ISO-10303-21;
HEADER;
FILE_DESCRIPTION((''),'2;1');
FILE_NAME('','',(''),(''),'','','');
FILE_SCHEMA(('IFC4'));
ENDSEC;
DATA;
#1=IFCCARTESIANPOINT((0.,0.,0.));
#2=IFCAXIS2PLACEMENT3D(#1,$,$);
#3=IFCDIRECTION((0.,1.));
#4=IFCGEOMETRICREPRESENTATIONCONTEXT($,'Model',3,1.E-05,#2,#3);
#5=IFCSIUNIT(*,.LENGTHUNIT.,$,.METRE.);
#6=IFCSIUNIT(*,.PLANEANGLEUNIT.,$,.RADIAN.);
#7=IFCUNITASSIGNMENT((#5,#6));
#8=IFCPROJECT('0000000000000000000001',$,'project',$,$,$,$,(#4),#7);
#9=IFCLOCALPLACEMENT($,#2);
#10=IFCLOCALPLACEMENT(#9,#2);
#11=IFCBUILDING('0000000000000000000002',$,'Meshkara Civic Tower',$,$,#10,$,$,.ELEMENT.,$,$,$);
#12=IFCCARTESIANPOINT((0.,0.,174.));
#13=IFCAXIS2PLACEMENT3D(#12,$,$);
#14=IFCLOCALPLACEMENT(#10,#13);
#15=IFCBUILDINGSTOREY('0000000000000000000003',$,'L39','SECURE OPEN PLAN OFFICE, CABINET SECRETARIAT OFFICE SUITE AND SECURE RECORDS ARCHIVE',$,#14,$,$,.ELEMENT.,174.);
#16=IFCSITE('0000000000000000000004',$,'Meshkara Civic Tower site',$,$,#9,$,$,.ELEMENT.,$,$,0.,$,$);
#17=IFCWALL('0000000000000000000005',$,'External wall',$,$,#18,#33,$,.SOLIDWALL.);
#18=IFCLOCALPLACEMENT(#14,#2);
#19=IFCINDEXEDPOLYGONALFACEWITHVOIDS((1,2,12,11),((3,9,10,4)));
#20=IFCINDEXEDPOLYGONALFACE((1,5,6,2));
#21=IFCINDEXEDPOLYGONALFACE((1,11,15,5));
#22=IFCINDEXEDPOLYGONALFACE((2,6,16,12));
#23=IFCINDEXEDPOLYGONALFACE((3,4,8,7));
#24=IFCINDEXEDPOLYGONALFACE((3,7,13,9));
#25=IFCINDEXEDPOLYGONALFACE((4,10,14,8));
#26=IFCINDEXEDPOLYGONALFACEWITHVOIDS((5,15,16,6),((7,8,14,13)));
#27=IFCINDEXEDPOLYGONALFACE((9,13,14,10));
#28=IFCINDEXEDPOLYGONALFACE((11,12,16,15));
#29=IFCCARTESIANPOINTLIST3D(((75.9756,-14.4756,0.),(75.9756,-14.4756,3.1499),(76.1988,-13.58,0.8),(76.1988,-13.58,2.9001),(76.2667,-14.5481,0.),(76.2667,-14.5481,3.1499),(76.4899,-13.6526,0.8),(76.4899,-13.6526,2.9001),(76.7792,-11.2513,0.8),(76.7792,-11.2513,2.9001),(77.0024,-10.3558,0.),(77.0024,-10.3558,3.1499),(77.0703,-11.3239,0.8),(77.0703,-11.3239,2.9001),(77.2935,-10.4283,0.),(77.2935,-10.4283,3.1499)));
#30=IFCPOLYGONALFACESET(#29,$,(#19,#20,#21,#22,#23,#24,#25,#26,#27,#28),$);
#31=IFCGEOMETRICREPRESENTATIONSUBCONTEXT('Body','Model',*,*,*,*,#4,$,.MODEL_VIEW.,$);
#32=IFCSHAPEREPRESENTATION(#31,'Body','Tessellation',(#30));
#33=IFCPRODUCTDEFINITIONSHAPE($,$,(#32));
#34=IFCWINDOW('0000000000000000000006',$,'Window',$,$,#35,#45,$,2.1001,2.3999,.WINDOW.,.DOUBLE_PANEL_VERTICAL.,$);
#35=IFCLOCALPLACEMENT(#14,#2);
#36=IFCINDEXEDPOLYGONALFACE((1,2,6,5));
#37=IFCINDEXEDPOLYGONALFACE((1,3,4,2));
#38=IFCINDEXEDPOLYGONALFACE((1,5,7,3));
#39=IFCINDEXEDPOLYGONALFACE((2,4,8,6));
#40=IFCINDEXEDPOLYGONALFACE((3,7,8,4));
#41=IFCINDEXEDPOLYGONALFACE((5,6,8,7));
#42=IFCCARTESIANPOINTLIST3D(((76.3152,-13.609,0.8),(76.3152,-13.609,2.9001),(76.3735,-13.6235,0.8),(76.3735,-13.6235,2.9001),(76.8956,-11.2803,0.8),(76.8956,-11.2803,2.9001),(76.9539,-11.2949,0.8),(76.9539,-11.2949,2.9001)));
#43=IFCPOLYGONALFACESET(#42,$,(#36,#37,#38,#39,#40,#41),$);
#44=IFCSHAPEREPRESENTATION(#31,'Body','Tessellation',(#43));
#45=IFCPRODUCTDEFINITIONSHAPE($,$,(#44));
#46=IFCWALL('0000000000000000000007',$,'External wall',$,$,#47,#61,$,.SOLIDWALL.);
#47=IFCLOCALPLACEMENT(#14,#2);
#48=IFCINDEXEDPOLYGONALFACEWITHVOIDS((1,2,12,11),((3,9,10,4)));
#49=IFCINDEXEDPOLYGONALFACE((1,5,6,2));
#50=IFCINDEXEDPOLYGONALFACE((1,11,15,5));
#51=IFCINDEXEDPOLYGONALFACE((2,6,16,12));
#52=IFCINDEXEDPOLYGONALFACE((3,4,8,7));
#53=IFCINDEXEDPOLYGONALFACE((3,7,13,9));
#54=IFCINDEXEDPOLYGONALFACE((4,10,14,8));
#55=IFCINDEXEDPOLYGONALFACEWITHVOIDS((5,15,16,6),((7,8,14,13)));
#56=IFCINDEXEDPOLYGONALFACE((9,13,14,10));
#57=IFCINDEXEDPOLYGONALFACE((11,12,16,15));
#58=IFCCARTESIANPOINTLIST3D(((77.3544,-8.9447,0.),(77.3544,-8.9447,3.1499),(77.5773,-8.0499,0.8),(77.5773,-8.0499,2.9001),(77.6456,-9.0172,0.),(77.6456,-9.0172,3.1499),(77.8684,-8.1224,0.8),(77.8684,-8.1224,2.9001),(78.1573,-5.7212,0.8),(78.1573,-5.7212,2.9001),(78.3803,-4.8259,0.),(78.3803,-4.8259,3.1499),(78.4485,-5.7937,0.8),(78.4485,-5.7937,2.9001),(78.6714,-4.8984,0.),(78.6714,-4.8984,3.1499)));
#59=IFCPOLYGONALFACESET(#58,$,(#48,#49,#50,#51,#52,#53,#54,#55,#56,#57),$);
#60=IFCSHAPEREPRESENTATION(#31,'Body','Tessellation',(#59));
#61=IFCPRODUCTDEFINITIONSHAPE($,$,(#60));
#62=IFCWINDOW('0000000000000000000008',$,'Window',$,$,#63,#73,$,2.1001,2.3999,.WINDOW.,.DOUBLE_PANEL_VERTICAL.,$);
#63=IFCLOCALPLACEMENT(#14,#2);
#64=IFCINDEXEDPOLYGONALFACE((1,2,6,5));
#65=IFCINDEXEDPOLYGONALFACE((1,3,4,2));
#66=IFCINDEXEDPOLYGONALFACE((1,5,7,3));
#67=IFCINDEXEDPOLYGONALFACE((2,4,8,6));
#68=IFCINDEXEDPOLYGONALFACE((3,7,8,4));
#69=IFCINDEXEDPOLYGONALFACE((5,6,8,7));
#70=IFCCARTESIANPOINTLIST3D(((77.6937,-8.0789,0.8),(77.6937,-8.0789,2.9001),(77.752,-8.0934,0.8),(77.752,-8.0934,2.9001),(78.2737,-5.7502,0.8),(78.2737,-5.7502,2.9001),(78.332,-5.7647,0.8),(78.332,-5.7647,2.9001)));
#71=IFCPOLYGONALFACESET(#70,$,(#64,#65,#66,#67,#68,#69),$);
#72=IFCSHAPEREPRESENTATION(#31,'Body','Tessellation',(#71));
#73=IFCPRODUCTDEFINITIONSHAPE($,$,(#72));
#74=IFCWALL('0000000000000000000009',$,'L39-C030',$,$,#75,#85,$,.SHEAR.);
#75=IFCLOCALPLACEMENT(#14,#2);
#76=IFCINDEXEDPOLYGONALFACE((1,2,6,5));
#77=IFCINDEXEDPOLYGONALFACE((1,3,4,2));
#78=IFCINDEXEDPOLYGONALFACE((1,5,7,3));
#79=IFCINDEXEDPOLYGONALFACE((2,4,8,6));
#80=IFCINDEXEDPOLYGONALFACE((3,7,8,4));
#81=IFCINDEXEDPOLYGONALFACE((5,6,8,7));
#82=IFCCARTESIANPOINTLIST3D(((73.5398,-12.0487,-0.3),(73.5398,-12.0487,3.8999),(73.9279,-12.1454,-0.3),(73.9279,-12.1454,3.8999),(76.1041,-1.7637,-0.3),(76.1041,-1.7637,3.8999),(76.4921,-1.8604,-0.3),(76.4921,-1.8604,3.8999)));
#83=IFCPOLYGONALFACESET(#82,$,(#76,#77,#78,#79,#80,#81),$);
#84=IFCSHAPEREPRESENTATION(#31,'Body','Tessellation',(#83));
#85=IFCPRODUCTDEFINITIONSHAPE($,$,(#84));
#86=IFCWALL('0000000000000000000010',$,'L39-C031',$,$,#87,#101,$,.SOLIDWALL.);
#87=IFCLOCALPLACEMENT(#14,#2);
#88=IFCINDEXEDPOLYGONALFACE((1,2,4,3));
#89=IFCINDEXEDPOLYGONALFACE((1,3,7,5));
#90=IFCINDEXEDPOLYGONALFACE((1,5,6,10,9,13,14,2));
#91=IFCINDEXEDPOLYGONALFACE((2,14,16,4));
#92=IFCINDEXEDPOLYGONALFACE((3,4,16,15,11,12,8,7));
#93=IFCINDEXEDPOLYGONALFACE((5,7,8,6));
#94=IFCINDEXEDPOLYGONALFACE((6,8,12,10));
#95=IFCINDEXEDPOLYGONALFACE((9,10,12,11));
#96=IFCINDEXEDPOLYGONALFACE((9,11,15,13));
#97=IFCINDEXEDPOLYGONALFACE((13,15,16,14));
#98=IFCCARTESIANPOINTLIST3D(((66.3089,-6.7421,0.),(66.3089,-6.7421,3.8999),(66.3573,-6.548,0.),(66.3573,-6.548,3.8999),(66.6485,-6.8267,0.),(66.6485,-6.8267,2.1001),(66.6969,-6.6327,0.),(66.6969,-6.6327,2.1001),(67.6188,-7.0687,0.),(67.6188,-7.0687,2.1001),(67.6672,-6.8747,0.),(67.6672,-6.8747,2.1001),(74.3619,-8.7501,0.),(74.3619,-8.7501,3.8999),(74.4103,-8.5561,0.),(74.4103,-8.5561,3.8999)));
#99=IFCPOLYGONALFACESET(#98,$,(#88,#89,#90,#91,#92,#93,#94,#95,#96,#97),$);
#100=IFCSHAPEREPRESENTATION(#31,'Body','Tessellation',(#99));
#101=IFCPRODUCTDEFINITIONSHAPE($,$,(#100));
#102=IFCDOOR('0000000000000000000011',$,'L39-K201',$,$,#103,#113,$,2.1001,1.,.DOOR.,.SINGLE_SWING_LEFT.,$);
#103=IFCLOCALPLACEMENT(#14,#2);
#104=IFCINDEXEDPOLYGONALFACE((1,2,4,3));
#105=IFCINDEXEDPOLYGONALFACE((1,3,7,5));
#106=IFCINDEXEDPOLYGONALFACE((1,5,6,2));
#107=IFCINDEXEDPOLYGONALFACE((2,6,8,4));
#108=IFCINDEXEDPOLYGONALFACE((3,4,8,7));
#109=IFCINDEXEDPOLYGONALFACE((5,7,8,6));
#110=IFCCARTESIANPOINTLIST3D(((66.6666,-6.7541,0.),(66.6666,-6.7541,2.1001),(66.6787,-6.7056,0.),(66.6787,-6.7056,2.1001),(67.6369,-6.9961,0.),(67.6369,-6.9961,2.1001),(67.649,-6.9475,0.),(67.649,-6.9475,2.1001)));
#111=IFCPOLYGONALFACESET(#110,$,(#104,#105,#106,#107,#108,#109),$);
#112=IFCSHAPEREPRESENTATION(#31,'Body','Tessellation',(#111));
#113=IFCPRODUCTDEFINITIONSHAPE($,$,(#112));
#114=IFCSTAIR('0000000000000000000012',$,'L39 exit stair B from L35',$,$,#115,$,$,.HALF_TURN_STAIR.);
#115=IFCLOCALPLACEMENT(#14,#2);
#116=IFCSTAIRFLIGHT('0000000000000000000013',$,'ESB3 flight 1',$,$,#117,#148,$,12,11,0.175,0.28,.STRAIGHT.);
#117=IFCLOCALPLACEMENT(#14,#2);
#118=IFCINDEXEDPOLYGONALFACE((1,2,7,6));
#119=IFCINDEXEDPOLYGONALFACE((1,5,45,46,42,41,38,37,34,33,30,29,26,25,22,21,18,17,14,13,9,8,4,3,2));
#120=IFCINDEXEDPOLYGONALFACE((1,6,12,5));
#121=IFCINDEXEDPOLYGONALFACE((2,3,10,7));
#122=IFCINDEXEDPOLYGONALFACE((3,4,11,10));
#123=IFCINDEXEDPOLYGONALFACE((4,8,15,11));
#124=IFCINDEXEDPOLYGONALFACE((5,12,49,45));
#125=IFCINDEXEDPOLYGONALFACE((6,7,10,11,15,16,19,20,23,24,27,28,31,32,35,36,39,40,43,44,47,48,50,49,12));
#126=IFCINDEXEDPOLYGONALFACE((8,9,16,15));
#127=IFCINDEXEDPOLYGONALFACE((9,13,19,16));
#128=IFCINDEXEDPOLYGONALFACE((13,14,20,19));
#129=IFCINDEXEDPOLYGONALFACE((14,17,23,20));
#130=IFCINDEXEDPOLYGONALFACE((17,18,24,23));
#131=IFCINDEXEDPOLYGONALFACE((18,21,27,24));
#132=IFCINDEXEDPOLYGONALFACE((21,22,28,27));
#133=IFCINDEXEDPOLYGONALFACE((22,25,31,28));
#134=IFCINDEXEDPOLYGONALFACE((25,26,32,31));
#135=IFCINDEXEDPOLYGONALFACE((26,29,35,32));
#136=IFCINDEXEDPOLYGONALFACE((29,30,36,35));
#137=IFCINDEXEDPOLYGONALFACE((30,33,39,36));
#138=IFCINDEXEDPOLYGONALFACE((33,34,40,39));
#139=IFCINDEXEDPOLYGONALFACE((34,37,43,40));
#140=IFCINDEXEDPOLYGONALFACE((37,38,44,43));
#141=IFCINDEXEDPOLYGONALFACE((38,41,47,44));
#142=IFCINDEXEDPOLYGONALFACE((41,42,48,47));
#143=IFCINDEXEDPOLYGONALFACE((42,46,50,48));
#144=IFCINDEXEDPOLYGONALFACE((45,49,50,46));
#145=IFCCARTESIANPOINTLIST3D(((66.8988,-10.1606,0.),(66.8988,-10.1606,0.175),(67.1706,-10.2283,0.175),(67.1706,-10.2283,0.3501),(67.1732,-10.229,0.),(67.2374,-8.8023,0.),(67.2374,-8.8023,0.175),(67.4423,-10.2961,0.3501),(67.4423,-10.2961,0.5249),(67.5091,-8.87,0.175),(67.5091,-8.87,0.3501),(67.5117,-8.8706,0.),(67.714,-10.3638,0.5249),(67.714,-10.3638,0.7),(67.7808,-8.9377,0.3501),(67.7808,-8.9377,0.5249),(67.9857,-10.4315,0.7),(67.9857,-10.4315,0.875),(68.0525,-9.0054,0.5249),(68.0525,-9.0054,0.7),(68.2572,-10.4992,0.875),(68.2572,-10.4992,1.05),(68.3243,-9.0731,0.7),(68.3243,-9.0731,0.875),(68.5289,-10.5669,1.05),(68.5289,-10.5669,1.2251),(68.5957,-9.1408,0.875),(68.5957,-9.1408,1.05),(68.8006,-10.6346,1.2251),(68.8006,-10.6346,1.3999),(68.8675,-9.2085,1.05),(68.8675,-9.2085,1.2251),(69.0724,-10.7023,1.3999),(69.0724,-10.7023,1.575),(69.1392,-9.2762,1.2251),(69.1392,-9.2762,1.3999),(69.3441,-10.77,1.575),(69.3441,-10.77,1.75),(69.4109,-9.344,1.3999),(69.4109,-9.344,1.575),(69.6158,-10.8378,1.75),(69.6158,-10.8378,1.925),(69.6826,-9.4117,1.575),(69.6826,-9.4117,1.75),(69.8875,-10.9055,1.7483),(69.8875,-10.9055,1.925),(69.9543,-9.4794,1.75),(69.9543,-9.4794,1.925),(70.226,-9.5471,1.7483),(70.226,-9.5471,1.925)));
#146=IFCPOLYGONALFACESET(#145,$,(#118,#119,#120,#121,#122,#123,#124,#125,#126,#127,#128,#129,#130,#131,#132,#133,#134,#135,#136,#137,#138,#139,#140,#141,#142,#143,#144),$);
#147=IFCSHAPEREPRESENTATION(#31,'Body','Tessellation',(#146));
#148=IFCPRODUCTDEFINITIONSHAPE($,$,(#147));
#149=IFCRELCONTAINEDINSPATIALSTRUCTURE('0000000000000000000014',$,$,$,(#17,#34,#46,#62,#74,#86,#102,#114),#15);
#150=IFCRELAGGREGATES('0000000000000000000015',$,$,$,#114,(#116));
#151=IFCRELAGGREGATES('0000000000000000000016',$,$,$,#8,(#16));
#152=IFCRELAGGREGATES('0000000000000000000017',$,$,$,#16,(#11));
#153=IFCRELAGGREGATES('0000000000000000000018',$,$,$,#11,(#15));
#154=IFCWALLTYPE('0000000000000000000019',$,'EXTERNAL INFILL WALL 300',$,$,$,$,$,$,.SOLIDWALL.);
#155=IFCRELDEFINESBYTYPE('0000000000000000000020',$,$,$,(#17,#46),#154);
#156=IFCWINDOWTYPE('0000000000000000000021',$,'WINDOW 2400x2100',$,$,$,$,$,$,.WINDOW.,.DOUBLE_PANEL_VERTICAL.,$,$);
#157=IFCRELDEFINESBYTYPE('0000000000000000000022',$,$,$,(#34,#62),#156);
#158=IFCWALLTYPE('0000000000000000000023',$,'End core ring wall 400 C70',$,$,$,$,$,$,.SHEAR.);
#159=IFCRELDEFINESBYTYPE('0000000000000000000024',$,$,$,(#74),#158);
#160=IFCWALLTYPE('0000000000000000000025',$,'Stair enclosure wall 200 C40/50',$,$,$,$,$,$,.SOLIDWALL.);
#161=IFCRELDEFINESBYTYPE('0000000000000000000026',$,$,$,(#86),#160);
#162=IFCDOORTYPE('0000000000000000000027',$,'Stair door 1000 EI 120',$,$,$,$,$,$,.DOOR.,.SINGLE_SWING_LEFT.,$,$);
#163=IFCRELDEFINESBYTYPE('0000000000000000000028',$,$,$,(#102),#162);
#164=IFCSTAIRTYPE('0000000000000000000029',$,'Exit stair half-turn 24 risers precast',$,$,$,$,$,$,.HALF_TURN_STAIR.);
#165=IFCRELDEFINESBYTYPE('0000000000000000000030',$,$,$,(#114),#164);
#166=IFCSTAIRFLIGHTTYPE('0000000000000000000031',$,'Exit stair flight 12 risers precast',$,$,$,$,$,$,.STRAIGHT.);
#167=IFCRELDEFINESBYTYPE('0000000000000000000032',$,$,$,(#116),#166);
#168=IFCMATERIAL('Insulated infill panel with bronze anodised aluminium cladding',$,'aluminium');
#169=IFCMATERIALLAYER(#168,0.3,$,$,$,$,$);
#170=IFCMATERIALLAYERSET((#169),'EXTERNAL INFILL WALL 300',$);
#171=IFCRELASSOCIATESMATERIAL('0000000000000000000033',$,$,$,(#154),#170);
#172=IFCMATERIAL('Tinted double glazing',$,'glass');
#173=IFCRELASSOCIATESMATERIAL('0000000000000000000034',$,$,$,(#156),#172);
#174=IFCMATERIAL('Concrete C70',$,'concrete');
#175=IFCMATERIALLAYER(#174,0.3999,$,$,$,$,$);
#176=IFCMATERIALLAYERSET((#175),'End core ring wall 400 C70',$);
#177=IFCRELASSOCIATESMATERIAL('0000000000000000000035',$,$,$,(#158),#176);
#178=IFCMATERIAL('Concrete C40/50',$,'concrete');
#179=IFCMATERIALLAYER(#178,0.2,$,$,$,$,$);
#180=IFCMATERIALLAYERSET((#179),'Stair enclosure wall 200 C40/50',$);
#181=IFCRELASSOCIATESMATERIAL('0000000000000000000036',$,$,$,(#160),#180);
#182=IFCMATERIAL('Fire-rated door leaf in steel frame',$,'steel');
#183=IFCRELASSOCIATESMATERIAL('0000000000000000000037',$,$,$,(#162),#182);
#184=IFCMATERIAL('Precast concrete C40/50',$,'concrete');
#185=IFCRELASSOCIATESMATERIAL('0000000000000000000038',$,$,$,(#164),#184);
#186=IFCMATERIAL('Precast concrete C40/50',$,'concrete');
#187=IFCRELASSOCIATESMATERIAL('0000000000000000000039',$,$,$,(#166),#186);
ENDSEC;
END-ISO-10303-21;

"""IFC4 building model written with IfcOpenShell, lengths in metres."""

from ifc_helpers import new_model, si_unit, direction, frame, frame_2d, origin, place, context, subcontext, project, spatial, polyline, rectangle, outline, extrude, material, layer, layer_set, type_object, element, fill, aggregate, save


model = new_model("IFC4")

# Units and contexts
model_context = context("Model", 3, precision=1e-05, world=origin(), true_north=direction((0.0, 1.0)))
body_context = subcontext(model_context, "Body", "Model", "MODEL_VIEW")
ifc_project = project(units=[si_unit("LENGTHUNIT", "METRE"), si_unit("PLANEANGLEUNIT", "RADIAN")], contexts=[model_context])

# Site, building, storey
site_placement = place(None, origin())
site = spatial("IfcSite", under=ifc_project, at=site_placement, Name="Meshkara Civic Tower site", CompositionType="ELEMENT", RefElevation=0.0)
building_placement = place(site_placement, origin())
building = spatial("IfcBuilding", under=site, at=building_placement, Name="Meshkara Civic Tower", CompositionType="ELEMENT")
storey_placement = place(building_placement, frame((0.0, 0.0, 174.0)))
storey = spatial("IfcBuildingStorey", under=building, at=storey_placement, Name="L39", Description="SECURE OPEN PLAN OFFICE, CABINET SECRETARIAT OFFICE SUITE AND SECURE RECORDS ARCHIVE", CompositionType="ELEMENT", Elevation=174.0)

# Walls, openings, windows
ifc_material_1 = material(Name="Insulated infill panel with bronze anodised aluminium cladding", Category="aluminium")
ifc_layer_1 = layer(ifc_material_1, 0.3)
ifc_layer_set_1 = layer_set([ifc_layer_1], Name="EXTERNAL INFILL WALL 300")
wall_type_1 = type_object("IfcWallType", Name="EXTERNAL INFILL WALL 300", PredefinedType="SOLIDWALL", material=ifc_layer_set_1)
ifc_material_2 = material(Name="Tinted double glazing", Category="glass")
window_type_1 = type_object("IfcWindowType", Name="WINDOW 2400x2100", PartitioningType="DOUBLE_PANEL_VERTICAL", PredefinedType="WINDOW", material=ifc_material_2)
wall_1_placement = place(storey_placement, frame((76.1211, -14.512, 0.0), z_axis=(0.0, 0.0, 1.0), x_axis=(0.241846, 0.970315, 0.0)))
wall_1 = element("IfcWall", 1, at=wall_1_placement, inside=storey, type_object=wall_type_1, Name="External wall", PredefinedType="SOLIDWALL", context=body_context, shape_type="SweptSolid", body=[
    extrude(rectangle(XDim=4.2458, YDim=0.3, at=frame_2d((2.123, 0.0))), origin(), (0.0, 0.0, 1.0), 3.1499),
])
opening_1_placement = place(wall_1_placement, frame((0.9231, 0.0, 0.8)))
opening_1 = element("IfcOpeningElement", 2, at=opening_1_placement, cuts=wall_1, PredefinedType="OPENING", context=body_context, shape_type="SweptSolid", body=[
    extrude(rectangle(XDim=2.3999, YDim=2.1001, at=frame_2d((1.2, 1.05))), frame((0.0, 0.1599, 0.0), z_axis=(0.0, -1.0, 0.0), x_axis=(1.0, 0.0, 0.0)), (0.0, 0.0, 1.0), 0.3201),
])
window_1_placement = place(opening_1_placement, origin())
window_1 = element("IfcWindow", 3, at=window_1_placement, inside=storey, type_object=window_type_1, Name="Window", OverallHeight=2.1001, OverallWidth=2.3999, PartitioningType="DOUBLE_PANEL_VERTICAL", PredefinedType="WINDOW", context=body_context, shape_type="SweptSolid", body=[
    extrude(rectangle(XDim=2.3999, YDim=2.1001, at=frame_2d((1.2, 1.05))), frame((0.0, 0.03, 0.0), z_axis=(0.0, -1.0, 0.0), x_axis=(1.0, 0.0, 0.0)), (0.0, 0.0, 1.0), 0.0601),
])
fill(opening_1, window_1)
wall_2_placement = place(storey_placement, frame((77.5, -8.981, 0.0), z_axis=(0.0, 0.0, 1.0), x_axis=(0.241683, 0.970355, 0.0)))
wall_2 = element("IfcWall", 4, at=wall_2_placement, inside=storey, type_object=wall_type_1, Name="External wall", PredefinedType="SOLIDWALL", context=body_context, shape_type="SweptSolid", body=[
    extrude(rectangle(XDim=4.2446, YDim=0.3, at=frame_2d((2.1223, 0.0))), origin(), (0.0, 0.0, 1.0), 3.1499),
])
opening_2_placement = place(wall_2_placement, frame((0.9221, 0.0, 0.8)))
opening_2 = element("IfcOpeningElement", 5, at=opening_2_placement, cuts=wall_2, PredefinedType="OPENING", context=body_context, shape_type="SweptSolid", body=[
    extrude(rectangle(XDim=2.3999, YDim=2.1001, at=frame_2d((1.2, 1.05))), frame((0.0, 0.1599, 0.0), z_axis=(0.0, -1.0, 0.0), x_axis=(1.0, 0.0, 0.0)), (0.0, 0.0, 1.0), 0.3201),
])
window_2_placement = place(opening_2_placement, origin())
window_2 = element("IfcWindow", 6, at=window_2_placement, inside=storey, type_object=window_type_1, Name="Window", OverallHeight=2.1001, OverallWidth=2.3999, PartitioningType="DOUBLE_PANEL_VERTICAL", PredefinedType="WINDOW", context=body_context, shape_type="SweptSolid", body=[
    extrude(rectangle(XDim=2.3999, YDim=2.1001, at=frame_2d((1.2, 1.05))), frame((0.0, 0.03, 0.0), z_axis=(0.0, -1.0, 0.0), x_axis=(1.0, 0.0, 0.0)), (0.0, 0.0, 1.0), 0.0601),
])
fill(opening_2, window_2)

# Wall
ifc_material_3 = material(Name="Concrete C70", Category="concrete")
ifc_layer_2 = layer(ifc_material_3, 0.3999)
ifc_layer_set_2 = layer_set([ifc_layer_2], Name="End core ring wall 400 C70")
wall_type_2 = type_object("IfcWallType", Name="End core ring wall 400 C70", PredefinedType="SHEAR", material=ifc_layer_set_2)
wall_3_placement = place(storey_placement, frame((73.7339, -12.0969, -0.3), z_axis=(0.0, 0.0, 1.0), x_axis=(0.241912, 0.970298, 0.0)))
element("IfcWall", 7, at=wall_3_placement, inside=storey, type_object=wall_type_2, Name="L39-C030", PredefinedType="SHEAR", context=body_context, shape_type="SweptSolid", body=[
    extrude(rectangle(XDim=10.5999, YDim=0.3999, at=frame_2d((5.2998, 0.0))), origin(), (0.0, 0.0, 1.0), 4.2),
])

# Wall, opening, door
ifc_material_4 = material(Name="Concrete C40/50", Category="concrete")
ifc_layer_3 = layer(ifc_material_4, 0.2)
ifc_layer_set_3 = layer_set([ifc_layer_3], Name="Stair enclosure wall 200 C40/50")
wall_type_3 = type_object("IfcWallType", Name="Stair enclosure wall 200 C40/50", PredefinedType="SOLIDWALL", material=ifc_layer_set_3)
wall_4_placement = place(storey_placement, frame((66.333, -6.645, 0.0), z_axis=(0.0, 0.0, 1.0), x_axis=(0.970289, -0.241947, 0.0)))
wall_4 = element("IfcWall", 8, at=wall_4_placement, inside=storey, type_object=wall_type_3, Name="L39-C031", PredefinedType="SOLIDWALL", context=body_context, shape_type="SweptSolid", body=[
    extrude(rectangle(XDim=8.2996, YDim=0.2, at=frame_2d((4.1499, 0.0))), origin(), (0.0, 0.0, 1.0), 3.8999),
])
opening_3_placement = place(wall_4_placement, frame((0.3501, 0.0, 0.0)))
opening_3 = element("IfcOpeningElement", 9, at=opening_3_placement, cuts=wall_4, PredefinedType="OPENING", context=body_context, shape_type="SweptSolid", body=[
    extrude(rectangle(XDim=1.0, YDim=2.1001, at=frame_2d((0.5, 1.05))), frame((0.0, 0.1099, 0.0), z_axis=(0.0, -1.0, 0.0), x_axis=(1.0, 0.0, 0.0)), (0.0, 0.0, 1.0), 0.22),
])
ifc_material_5 = material(Name="Fire-rated door leaf in steel frame", Category="steel")
door_type = type_object("IfcDoorType", Name="Stair door 1000 EI 120", OperationType="SINGLE_SWING_LEFT", PredefinedType="DOOR", material=ifc_material_5)
door_placement = place(opening_3_placement, origin())
door = element("IfcDoor", 10, at=door_placement, inside=storey, type_object=door_type, Name="L39-K201", OperationType="SINGLE_SWING_LEFT", OverallHeight=2.1001, OverallWidth=1.0, PredefinedType="DOOR", context=body_context, shape_type="SweptSolid", body=[
    extrude(rectangle(XDim=1.0, YDim=2.1001, at=frame_2d((0.5, 1.05))), frame((0.0, 0.0249, 0.0), z_axis=(0.0, -1.0, 0.0), x_axis=(1.0, 0.0, 0.0)), (0.0, 0.0, 1.0), 0.05),
])
fill(opening_3, door)

# Stair, stair flight
ifc_material_6 = material(Name="Precast concrete C40/50", Category="concrete")
stair_type = type_object("IfcStairType", Name="Exit stair half-turn 24 risers precast", PredefinedType="HALF_TURN_STAIR", material=ifc_material_6)
stair_placement = place(storey_placement, origin())
stair = element("IfcStair", 11, at=stair_placement, inside=storey, type_object=stair_type, Name="L39 exit stair B from L35", PredefinedType="HALF_TURN_STAIR")
ifc_material_7 = material(Name="Precast concrete C40/50", Category="concrete")
stair_flight_type = type_object("IfcStairFlightType", Name="Exit stair flight 12 risers precast", PredefinedType="STRAIGHT", material=ifc_material_7)
stair_flight_1_placement = place(storey_placement, frame((67.0681, -9.4814, 0.0), z_axis=(0.0, 0.0, 1.0), x_axis=(0.970319, -0.24183, 0.0)))
stair_flight_1 = element("IfcStairFlight", 12, at=stair_flight_1_placement, type_object=stair_flight_type, Name="ESB3 flight 1", NumberOfRisers=12, NumberOfTreads=11, PredefinedType="STRAIGHT", RiserHeight=0.175, TreadLength=0.28, context=body_context, shape_type="SweptSolid", body=[
    extrude(outline(polyline([(0.0, 0.0), (0.0, 0.175), (0.28, 0.175), (0.28, 0.3501), (0.5601, 0.3501), (0.5601, 0.5249), (0.8401, 0.5249), (0.8401, 0.7), (1.1201, 0.7), (1.1201, 0.875), (1.3999, 0.875), (1.3999, 1.05), (1.6799, 1.05), (1.6799, 1.2251), (1.96, 1.2251), (1.96, 1.3999), (2.24, 1.3999), (2.24, 1.575), (2.52, 1.575), (2.52, 1.75), (2.8, 1.75), (2.8, 1.925), (3.0801, 1.925), (3.0801, 2.1001), (3.0801, 1.7483), (0.2827, 0.0), (0.0, 0.0)])), frame((0.0, 0.7, 0.0), z_axis=(0.0, -1.0, 0.0), x_axis=(1.0, 0.0, 0.0)), (0.0, 0.0, 1.0), 1.3999),
])
aggregate(stair, [stair_flight_1])

save(model, "model.ifc")
